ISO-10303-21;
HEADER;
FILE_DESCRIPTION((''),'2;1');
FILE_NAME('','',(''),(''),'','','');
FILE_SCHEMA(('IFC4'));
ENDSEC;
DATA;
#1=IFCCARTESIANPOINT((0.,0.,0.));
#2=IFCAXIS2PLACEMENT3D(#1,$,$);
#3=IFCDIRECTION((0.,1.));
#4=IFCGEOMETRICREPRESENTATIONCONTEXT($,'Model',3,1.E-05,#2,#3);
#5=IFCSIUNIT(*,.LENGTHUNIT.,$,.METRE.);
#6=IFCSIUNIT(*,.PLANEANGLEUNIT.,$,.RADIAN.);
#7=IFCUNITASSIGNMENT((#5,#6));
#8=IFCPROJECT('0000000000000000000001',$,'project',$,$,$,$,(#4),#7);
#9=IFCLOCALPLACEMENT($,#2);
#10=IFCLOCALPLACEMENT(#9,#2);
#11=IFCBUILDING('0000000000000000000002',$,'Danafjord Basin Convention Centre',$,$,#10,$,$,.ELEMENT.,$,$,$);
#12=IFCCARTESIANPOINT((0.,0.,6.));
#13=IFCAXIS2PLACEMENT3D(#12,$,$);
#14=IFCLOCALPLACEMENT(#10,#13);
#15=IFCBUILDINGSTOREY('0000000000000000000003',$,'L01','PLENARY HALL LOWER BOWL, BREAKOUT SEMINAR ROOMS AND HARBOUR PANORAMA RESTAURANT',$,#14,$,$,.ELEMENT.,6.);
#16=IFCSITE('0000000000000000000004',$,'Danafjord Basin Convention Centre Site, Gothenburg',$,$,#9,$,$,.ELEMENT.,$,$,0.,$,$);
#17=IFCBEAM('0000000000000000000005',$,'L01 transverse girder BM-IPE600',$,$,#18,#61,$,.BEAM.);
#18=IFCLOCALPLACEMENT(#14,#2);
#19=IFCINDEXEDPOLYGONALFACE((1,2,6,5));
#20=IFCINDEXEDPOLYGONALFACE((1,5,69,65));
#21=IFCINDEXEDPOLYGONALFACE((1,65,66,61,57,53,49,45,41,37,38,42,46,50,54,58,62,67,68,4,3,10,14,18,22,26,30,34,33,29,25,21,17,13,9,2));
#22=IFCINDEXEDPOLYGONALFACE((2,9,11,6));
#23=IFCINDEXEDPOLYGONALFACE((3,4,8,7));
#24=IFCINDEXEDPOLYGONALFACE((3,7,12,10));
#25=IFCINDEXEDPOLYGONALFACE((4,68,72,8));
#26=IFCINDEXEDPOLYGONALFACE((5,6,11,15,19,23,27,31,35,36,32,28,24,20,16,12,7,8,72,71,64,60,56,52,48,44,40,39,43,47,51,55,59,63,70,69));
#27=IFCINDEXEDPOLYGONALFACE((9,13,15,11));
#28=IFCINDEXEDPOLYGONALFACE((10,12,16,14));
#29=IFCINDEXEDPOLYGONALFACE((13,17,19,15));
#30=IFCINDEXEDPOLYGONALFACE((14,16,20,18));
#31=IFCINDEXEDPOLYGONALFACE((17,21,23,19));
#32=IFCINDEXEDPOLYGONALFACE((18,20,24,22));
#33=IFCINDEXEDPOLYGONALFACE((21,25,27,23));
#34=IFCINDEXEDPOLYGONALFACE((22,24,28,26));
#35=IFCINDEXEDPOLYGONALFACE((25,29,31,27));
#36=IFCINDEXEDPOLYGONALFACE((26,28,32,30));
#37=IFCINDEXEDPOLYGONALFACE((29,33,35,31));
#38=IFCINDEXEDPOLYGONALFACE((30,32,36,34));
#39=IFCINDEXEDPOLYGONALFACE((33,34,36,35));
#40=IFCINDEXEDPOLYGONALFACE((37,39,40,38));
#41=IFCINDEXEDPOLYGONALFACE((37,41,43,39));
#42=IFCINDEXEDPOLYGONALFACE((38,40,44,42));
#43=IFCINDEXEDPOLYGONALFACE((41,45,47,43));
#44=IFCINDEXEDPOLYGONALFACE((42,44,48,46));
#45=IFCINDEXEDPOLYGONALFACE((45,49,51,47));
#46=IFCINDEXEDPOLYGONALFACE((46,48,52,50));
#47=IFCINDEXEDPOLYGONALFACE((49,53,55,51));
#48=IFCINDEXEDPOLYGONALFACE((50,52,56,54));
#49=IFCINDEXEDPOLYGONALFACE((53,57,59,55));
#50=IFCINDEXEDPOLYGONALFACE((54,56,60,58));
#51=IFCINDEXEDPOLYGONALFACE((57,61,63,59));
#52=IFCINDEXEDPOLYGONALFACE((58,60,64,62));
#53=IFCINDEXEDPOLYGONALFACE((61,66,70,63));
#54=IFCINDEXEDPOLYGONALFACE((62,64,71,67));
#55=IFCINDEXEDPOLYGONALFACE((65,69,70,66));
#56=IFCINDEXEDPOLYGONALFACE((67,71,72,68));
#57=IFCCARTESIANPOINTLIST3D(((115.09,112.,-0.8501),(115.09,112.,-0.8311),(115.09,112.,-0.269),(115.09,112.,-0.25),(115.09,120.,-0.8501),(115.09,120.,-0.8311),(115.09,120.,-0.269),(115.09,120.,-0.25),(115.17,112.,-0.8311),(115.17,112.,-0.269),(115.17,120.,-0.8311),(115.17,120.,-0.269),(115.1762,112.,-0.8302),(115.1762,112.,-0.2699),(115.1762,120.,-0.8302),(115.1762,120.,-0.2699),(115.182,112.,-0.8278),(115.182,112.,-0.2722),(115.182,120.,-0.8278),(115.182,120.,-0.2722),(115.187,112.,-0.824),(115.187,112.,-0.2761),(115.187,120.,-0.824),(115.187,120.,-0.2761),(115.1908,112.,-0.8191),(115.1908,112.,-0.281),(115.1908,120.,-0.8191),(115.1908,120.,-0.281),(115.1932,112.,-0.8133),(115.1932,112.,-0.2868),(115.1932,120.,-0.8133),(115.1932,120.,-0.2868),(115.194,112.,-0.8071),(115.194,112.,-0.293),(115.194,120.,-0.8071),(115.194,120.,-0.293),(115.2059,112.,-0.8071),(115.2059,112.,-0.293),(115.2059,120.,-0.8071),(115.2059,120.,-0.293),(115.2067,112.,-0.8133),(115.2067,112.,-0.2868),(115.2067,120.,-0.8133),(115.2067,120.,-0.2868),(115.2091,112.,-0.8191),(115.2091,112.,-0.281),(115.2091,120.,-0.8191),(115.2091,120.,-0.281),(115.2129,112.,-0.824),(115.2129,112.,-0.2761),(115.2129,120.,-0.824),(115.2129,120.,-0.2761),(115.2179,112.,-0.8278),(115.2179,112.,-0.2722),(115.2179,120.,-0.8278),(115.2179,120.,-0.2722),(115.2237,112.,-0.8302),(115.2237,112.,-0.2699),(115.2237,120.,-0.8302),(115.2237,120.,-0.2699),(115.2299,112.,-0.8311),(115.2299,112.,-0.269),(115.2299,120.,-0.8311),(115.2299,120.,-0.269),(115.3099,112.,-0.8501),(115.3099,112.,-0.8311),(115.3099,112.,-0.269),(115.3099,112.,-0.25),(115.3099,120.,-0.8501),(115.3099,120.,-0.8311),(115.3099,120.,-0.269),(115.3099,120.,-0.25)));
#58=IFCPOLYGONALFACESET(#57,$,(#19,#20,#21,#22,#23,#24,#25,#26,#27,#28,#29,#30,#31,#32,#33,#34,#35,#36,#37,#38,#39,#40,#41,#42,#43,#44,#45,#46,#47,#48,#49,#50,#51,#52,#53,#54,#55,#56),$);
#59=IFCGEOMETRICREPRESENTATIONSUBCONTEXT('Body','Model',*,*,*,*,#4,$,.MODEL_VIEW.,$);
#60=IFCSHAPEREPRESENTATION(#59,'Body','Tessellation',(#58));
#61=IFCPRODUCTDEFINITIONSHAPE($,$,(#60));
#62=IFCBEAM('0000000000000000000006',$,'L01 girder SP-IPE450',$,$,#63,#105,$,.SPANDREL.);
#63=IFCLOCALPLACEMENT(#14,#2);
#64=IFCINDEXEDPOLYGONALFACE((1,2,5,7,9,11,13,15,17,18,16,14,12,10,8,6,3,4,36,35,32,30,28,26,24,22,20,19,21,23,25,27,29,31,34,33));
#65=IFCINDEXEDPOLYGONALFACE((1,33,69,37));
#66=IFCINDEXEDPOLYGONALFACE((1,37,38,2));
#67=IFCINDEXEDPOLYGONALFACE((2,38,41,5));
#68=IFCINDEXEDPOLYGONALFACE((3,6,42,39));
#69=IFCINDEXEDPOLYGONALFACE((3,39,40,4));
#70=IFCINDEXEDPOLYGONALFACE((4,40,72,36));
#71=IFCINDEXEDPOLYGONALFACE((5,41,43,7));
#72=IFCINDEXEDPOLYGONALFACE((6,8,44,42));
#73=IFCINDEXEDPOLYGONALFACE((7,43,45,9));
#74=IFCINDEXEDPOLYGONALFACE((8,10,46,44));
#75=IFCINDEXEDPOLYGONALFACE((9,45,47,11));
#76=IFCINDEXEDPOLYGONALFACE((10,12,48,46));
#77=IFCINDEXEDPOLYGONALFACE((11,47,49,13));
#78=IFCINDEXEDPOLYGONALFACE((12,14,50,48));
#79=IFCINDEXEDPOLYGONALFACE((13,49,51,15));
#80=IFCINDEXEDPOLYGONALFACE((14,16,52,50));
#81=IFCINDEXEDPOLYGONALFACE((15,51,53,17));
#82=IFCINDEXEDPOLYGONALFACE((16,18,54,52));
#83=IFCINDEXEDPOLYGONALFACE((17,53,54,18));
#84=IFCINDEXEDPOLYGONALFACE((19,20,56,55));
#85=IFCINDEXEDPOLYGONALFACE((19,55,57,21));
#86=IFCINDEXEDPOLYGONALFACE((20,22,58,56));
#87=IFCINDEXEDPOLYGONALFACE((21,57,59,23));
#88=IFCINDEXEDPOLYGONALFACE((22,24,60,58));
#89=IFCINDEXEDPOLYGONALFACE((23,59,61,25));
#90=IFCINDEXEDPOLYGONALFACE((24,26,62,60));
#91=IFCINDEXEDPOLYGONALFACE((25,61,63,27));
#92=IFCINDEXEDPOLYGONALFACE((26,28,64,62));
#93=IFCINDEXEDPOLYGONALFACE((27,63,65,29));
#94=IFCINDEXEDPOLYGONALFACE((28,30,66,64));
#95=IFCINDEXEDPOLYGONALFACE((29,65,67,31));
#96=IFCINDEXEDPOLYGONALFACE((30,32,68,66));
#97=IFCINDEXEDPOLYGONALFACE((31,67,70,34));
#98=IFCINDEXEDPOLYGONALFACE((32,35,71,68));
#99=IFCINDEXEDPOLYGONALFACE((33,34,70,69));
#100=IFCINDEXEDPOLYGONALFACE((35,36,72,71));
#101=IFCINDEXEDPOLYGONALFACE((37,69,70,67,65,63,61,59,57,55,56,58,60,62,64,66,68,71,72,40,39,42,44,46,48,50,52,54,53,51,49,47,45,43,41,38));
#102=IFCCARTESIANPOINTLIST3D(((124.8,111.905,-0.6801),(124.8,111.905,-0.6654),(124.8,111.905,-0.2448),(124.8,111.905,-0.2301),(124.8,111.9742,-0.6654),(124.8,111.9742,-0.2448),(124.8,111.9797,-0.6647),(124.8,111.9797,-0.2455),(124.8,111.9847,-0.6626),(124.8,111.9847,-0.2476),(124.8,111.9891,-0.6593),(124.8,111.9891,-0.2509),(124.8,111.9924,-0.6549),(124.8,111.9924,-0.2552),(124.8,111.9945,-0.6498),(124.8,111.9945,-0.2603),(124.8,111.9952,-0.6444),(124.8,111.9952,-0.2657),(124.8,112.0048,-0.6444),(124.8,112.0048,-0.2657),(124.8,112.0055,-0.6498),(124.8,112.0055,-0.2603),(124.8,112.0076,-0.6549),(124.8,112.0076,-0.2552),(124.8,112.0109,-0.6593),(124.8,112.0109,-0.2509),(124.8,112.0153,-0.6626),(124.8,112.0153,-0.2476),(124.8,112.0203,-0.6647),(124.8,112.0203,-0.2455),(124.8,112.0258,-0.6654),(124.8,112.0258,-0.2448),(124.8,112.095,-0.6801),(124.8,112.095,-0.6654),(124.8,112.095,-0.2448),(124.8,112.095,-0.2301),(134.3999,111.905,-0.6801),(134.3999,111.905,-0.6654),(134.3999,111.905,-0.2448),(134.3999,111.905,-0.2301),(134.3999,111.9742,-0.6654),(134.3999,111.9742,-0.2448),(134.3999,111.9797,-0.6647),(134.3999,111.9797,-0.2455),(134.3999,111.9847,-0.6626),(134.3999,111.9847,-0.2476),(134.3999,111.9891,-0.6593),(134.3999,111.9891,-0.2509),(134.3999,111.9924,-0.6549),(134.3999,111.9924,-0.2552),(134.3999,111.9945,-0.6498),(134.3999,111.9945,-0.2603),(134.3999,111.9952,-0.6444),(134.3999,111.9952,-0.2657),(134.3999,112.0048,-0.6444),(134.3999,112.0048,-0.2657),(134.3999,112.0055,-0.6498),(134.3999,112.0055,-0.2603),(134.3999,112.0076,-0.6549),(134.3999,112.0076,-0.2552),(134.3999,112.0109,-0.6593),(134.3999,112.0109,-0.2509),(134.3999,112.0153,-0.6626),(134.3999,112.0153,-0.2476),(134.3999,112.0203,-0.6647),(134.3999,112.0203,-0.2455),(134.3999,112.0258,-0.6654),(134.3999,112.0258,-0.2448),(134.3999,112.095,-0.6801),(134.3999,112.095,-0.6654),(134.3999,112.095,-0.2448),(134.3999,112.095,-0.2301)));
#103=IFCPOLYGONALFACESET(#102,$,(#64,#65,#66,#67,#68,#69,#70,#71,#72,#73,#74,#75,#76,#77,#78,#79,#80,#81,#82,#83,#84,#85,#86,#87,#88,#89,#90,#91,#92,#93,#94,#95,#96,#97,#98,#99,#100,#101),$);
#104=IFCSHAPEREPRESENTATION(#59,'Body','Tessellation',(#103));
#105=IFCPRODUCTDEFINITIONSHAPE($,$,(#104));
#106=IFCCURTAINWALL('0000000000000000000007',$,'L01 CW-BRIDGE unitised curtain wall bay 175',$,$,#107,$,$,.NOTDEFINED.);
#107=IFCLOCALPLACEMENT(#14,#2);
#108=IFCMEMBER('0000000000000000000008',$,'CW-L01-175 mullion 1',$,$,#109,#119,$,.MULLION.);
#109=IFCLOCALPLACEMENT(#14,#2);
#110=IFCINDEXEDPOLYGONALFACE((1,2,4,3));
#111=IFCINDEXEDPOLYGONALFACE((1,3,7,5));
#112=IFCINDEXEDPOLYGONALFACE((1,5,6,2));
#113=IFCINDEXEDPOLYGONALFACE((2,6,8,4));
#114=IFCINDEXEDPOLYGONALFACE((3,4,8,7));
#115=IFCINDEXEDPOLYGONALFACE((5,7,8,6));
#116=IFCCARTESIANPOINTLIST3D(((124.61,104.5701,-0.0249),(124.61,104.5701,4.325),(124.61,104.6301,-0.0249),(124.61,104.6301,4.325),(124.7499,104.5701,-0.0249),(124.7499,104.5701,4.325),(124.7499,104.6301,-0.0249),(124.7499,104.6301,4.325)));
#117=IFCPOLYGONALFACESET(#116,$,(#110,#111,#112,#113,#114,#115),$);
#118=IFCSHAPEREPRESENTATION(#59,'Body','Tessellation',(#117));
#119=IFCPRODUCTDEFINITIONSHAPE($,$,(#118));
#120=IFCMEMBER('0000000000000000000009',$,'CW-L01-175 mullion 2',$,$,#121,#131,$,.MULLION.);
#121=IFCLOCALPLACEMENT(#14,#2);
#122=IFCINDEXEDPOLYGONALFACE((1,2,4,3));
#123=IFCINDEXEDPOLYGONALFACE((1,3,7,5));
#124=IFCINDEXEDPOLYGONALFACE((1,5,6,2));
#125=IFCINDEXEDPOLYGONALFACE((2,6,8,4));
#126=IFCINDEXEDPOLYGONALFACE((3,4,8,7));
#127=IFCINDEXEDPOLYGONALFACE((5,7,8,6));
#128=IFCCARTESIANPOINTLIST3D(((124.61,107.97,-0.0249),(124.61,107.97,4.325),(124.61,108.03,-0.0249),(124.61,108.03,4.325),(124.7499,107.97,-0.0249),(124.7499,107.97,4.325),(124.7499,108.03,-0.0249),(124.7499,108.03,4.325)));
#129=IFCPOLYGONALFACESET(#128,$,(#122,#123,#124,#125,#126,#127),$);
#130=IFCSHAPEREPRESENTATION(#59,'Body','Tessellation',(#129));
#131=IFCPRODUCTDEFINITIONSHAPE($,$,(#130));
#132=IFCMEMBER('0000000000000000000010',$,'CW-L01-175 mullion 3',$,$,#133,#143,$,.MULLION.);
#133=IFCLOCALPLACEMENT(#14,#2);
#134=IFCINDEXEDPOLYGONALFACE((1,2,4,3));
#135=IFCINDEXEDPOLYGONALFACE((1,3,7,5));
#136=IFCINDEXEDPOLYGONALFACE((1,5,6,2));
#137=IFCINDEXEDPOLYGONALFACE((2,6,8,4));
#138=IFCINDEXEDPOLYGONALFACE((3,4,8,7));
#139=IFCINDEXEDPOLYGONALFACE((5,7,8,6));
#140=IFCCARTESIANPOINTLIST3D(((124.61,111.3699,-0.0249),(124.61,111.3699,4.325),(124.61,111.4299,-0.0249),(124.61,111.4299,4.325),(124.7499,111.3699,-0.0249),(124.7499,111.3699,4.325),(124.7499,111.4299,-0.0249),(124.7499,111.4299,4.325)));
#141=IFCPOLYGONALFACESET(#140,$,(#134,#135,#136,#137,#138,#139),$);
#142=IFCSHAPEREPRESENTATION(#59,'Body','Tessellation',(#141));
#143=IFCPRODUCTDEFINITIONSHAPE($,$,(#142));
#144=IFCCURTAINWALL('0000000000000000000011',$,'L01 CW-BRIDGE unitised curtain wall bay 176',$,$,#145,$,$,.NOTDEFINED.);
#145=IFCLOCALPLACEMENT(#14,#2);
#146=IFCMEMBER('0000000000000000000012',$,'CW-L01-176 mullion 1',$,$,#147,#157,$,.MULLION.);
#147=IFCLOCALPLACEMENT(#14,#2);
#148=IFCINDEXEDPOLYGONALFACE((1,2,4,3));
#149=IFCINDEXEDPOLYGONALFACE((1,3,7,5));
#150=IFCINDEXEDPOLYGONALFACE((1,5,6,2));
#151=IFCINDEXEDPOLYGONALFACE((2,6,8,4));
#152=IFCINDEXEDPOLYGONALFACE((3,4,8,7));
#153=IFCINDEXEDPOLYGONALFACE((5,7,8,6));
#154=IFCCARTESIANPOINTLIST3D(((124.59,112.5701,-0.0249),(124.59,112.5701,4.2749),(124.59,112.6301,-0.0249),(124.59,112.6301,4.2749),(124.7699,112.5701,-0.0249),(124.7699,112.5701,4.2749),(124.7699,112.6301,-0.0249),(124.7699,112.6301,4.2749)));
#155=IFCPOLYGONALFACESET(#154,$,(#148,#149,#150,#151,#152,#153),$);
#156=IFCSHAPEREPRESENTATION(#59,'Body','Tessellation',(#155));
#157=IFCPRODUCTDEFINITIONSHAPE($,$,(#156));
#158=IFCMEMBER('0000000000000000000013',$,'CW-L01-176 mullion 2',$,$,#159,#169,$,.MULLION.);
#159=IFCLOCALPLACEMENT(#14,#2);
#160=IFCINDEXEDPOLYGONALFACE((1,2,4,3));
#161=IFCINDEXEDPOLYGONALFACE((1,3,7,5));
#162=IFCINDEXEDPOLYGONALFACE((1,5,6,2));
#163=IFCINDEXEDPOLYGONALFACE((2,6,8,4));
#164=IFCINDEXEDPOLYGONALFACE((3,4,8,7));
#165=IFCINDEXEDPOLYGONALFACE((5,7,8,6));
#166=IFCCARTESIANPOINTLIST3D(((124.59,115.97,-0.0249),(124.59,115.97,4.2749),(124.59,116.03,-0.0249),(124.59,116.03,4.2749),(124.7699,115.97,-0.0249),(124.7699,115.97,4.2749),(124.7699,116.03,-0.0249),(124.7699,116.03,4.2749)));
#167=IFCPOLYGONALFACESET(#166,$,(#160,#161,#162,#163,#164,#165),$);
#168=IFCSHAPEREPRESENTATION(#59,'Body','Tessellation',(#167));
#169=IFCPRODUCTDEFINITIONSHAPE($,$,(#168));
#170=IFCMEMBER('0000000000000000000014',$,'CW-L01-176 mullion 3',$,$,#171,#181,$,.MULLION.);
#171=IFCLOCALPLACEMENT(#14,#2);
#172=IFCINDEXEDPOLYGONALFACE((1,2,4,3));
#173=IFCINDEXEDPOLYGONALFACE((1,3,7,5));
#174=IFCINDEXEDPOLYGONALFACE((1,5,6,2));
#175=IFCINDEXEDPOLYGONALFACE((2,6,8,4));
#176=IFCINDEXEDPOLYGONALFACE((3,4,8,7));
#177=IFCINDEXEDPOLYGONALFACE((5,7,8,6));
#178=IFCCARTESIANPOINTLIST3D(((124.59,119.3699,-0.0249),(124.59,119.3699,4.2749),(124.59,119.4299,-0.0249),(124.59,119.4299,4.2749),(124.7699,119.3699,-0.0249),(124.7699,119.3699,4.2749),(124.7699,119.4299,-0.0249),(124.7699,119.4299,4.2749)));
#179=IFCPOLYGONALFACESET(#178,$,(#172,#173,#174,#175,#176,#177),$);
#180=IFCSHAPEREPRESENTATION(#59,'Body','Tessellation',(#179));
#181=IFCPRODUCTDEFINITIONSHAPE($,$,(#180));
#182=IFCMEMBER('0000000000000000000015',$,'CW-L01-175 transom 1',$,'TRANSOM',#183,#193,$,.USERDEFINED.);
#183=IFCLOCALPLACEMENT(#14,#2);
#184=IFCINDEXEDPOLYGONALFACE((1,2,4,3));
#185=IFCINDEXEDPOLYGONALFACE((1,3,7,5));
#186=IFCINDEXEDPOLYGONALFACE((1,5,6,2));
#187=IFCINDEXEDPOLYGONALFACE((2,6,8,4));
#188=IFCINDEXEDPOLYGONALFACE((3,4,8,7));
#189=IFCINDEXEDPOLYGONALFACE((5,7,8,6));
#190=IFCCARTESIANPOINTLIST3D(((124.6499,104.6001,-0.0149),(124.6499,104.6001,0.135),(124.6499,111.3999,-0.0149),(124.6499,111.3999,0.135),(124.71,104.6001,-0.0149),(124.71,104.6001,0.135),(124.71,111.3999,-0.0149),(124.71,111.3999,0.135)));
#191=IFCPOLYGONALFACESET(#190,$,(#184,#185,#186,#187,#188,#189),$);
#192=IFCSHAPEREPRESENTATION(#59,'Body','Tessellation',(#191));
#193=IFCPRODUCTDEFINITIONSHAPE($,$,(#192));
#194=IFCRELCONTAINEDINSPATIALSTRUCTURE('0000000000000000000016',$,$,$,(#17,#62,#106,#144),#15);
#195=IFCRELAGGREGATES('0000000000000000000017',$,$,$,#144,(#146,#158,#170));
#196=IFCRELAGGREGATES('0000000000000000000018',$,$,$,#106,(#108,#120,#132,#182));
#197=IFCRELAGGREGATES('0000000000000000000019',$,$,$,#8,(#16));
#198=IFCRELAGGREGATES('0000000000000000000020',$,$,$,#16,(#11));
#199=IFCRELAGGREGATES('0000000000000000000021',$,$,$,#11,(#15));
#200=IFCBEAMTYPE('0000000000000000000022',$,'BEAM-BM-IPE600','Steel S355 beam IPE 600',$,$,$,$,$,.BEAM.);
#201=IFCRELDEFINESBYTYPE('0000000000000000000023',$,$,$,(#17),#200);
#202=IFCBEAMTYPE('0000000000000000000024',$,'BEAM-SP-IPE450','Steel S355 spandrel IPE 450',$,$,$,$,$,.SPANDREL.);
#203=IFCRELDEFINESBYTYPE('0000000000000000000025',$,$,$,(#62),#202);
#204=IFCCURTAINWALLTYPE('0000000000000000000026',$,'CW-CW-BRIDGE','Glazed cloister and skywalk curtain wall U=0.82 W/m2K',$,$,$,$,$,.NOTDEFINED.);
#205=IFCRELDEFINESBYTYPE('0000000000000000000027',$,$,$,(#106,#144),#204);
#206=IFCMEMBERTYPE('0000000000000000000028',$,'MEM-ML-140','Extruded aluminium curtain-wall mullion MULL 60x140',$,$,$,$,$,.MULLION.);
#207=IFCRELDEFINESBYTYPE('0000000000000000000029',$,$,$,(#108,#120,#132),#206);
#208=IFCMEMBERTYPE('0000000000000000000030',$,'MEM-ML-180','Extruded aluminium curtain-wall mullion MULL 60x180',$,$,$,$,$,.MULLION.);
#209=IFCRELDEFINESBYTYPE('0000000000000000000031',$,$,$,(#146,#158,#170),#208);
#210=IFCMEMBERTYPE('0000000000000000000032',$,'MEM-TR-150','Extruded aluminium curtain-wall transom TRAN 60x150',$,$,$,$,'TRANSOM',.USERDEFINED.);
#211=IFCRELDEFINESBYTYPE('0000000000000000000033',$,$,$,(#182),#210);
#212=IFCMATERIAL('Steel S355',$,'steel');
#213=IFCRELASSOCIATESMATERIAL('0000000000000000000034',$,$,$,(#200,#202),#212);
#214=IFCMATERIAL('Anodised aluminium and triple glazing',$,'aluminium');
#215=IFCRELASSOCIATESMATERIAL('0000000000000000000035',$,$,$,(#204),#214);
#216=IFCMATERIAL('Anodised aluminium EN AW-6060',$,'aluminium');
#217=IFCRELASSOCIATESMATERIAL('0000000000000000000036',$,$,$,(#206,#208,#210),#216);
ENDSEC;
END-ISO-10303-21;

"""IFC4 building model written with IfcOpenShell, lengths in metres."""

from ifc_helpers import new_model, si_unit, direction, frame, origin, origin_2d, place, context, subcontext, project, spatial, rectangle, i_section, extrude, material, material_profile, profile_set, type_object, element, aggregate, save


model = new_model("IFC4")

# Units and contexts
model_context = context("Model", 3, precision=1e-05, world=origin(), true_north=direction((0.0, 1.0)))
body_context = subcontext(model_context, "Body", "Model", "MODEL_VIEW")
ifc_project = project(units=[si_unit("LENGTHUNIT", "METRE"), si_unit("PLANEANGLEUNIT", "RADIAN")], contexts=[model_context])

# Site, building, storey
site_placement = place(None, origin())
site = spatial("IfcSite", under=ifc_project, at=site_placement, Name="Danafjord Basin Convention Centre Site, Gothenburg", CompositionType="ELEMENT", RefElevation=0.0)
building_placement = place(site_placement, origin())
building = spatial("IfcBuilding", under=site, at=building_placement, Name="Danafjord Basin Convention Centre", CompositionType="ELEMENT")
storey_placement = place(building_placement, frame((0.0, 0.0, 6.0)))
storey = spatial("IfcBuildingStorey", under=building, at=storey_placement, Name="L01", Description="PLENARY HALL LOWER BOWL, BREAKOUT SEMINAR ROOMS AND HARBOUR PANORAMA RESTAURANT", CompositionType="ELEMENT", Elevation=6.0)

# Shared definitions
ifc_material_1 = material(Name="Steel S355", Category="steel")

# Beams
ifc_material_profile_1 = material_profile(ifc_material_1, i_section(OverallWidth=0.22, OverallDepth=0.6001, WebThickness=0.012, FlangeThickness=0.019, FilletRadius=0.0239, at=origin_2d()), Name="IPE 600")
ifc_profile_set_1 = profile_set([ifc_material_profile_1], Name="Steel S355")
beam_type_1 = type_object("IfcBeamType", Name="BEAM-BM-IPE600", Description="Steel S355 beam IPE 600", PredefinedType="BEAM", material=ifc_profile_set_1)
beam_1_placement = place(storey_placement, frame((115.2, 112.0, -0.55), z_axis=(0.0, 1.0, 0.0), x_axis=(-1.0, 0.0, 0.0)))
element("IfcBeam", 1, at=beam_1_placement, inside=storey, type_object=beam_type_1, Name="L01 transverse girder BM-IPE600", PredefinedType="BEAM", context=body_context, shape_type="SweptSolid", body=[
    extrude(i_section(OverallWidth=0.22, OverallDepth=0.6001, WebThickness=0.012, FlangeThickness=0.019, FilletRadius=0.0239, at=origin_2d()), origin(), (0.0, 0.0, 1.0), 8.0),
])
ifc_material_profile_2 = material_profile(ifc_material_1, i_section(OverallWidth=0.1899, OverallDepth=0.45, WebThickness=0.0095, FlangeThickness=0.0146, FilletRadius=0.021, at=origin_2d()), Name="IPE 450")
ifc_profile_set_2 = profile_set([ifc_material_profile_2], Name="Steel S355")
beam_type_2 = type_object("IfcBeamType", Name="BEAM-SP-IPE450", Description="Steel S355 spandrel IPE 450", PredefinedType="SPANDREL", material=ifc_profile_set_2)
beam_2_placement = place(storey_placement, frame((124.8, 112.0, -0.4551), z_axis=(1.0, 0.0, 0.0), x_axis=(0.0, 1.0, 0.0)))
element("IfcBeam", 2, at=beam_2_placement, inside=storey, type_object=beam_type_2, Name="L01 girder SP-IPE450", PredefinedType="SPANDREL", context=body_context, shape_type="SweptSolid", body=[
    extrude(i_section(OverallWidth=0.1899, OverallDepth=0.45, WebThickness=0.0095, FlangeThickness=0.0146, FilletRadius=0.021, at=origin_2d()), origin(), (0.0, 0.0, 1.0), 9.5999),
])

# Curtain walls, members
ifc_material_2 = material(Name="Anodised aluminium and triple glazing", Category="aluminium")
curtain_wall_type = type_object("IfcCurtainWallType", Name="CW-CW-BRIDGE", Description="Glazed cloister and skywalk curtain wall U=0.82 W/m2K", PredefinedType="NOTDEFINED", material=ifc_material_2)
curtain_wall_1_placement = place(storey_placement, origin())
curtain_wall_1 = element("IfcCurtainWall", 3, at=curtain_wall_1_placement, inside=storey, type_object=curtain_wall_type, Name="L01 CW-BRIDGE unitised curtain wall bay 175", PredefinedType="NOTDEFINED")
ifc_material_3 = material(Name="Anodised aluminium EN AW-6060", Category="aluminium")
ifc_material_profile_3 = material_profile(ifc_material_3, rectangle(XDim=0.0601, YDim=0.1399, at=origin_2d()), Name="MULL 60x140")
ifc_profile_set_3 = profile_set([ifc_material_profile_3], Name="Anodised aluminium EN AW-6060")
member_type_1 = type_object("IfcMemberType", Name="MEM-ML-140", Description="Extruded aluminium curtain-wall mullion MULL 60x140", PredefinedType="MULLION", material=ifc_profile_set_3)
member_1_placement = place(storey_placement, frame((124.6799, 104.6001, -0.0249), z_axis=(0.0, 0.0, 1.0), x_axis=(0.0, 1.0, 0.0)))
member_1 = element("IfcMember", 4, at=member_1_placement, type_object=member_type_1, Name="CW-L01-175 mullion 1", PredefinedType="MULLION", context=body_context, shape_type="SweptSolid", body=[
    extrude(rectangle(XDim=0.0601, YDim=0.1399, at=origin_2d()), origin(), (0.0, 0.0, 1.0), 4.3499),
])
member_2_placement = place(storey_placement, frame((124.6799, 108.0, -0.0249), z_axis=(0.0, 0.0, 1.0), x_axis=(0.0, 1.0, 0.0)))
member_2 = element("IfcMember", 5, at=member_2_placement, type_object=member_type_1, Name="CW-L01-175 mullion 2", PredefinedType="MULLION", context=body_context, shape_type="SweptSolid", body=[
    extrude(rectangle(XDim=0.0601, YDim=0.1399, at=origin_2d()), origin(), (0.0, 0.0, 1.0), 4.3499),
])
member_3_placement = place(storey_placement, frame((124.6799, 111.3999, -0.0249), z_axis=(0.0, 0.0, 1.0), x_axis=(0.0, 1.0, 0.0)))
member_3 = element("IfcMember", 6, at=member_3_placement, type_object=member_type_1, Name="CW-L01-175 mullion 3", PredefinedType="MULLION", context=body_context, shape_type="SweptSolid", body=[
    extrude(rectangle(XDim=0.0601, YDim=0.1399, at=origin_2d()), origin(), (0.0, 0.0, 1.0), 4.3499),
])
curtain_wall_2_placement = place(storey_placement, origin())
curtain_wall_2 = element("IfcCurtainWall", 7, at=curtain_wall_2_placement, inside=storey, type_object=curtain_wall_type, Name="L01 CW-BRIDGE unitised curtain wall bay 176", PredefinedType="NOTDEFINED")
ifc_material_profile_4 = material_profile(ifc_material_3, rectangle(XDim=0.0601, YDim=0.1799, at=origin_2d()), Name="MULL 60x180")
ifc_profile_set_4 = profile_set([ifc_material_profile_4], Name="Anodised aluminium EN AW-6060")
member_type_2 = type_object("IfcMemberType", Name="MEM-ML-180", Description="Extruded aluminium curtain-wall mullion MULL 60x180", PredefinedType="MULLION", material=ifc_profile_set_4)
member_4_placement = place(storey_placement, frame((124.6799, 112.6001, -0.0249), z_axis=(0.0, 0.0, 1.0), x_axis=(0.0, 1.0, 0.0)))
member_4 = element("IfcMember", 8, at=member_4_placement, type_object=member_type_2, Name="CW-L01-176 mullion 1", PredefinedType="MULLION", context=body_context, shape_type="SweptSolid", body=[
    extrude(rectangle(XDim=0.0601, YDim=0.1799, at=origin_2d()), origin(), (0.0, 0.0, 1.0), 4.2998),
])
member_5_placement = place(storey_placement, frame((124.6799, 116.0, -0.0249), z_axis=(0.0, 0.0, 1.0), x_axis=(0.0, 1.0, 0.0)))
member_5 = element("IfcMember", 9, at=member_5_placement, type_object=member_type_2, Name="CW-L01-176 mullion 2", PredefinedType="MULLION", context=body_context, shape_type="SweptSolid", body=[
    extrude(rectangle(XDim=0.0601, YDim=0.1799, at=origin_2d()), origin(), (0.0, 0.0, 1.0), 4.2998),
])
member_6_placement = place(storey_placement, frame((124.6799, 119.3999, -0.0249), z_axis=(0.0, 0.0, 1.0), x_axis=(0.0, 1.0, 0.0)))
member_6 = element("IfcMember", 10, at=member_6_placement, type_object=member_type_2, Name="CW-L01-176 mullion 3", PredefinedType="MULLION", context=body_context, shape_type="SweptSolid", body=[
    extrude(rectangle(XDim=0.0601, YDim=0.1799, at=origin_2d()), origin(), (0.0, 0.0, 1.0), 4.2998),
])

# Member
ifc_material_profile_5 = material_profile(ifc_material_3, rectangle(XDim=0.0601, YDim=0.1499, at=origin_2d()), Name="TRAN 60x150")
ifc_profile_set_5 = profile_set([ifc_material_profile_5], Name="Anodised aluminium EN AW-6060")
member_type_3 = type_object("IfcMemberType", Name="MEM-TR-150", Description="Extruded aluminium curtain-wall transom TRAN 60x150", ElementType="TRANSOM", PredefinedType="USERDEFINED", material=ifc_profile_set_5)
member_7_placement = place(storey_placement, frame((124.6799, 104.6001, 0.0601), z_axis=(0.0, 1.0, 0.0), x_axis=(-1.0, 0.0, 0.0)))
member_7 = element("IfcMember", 11, at=member_7_placement, type_object=member_type_3, Name="CW-L01-175 transom 1", ObjectType="TRANSOM", PredefinedType="USERDEFINED", context=body_context, shape_type="SweptSolid", body=[
    extrude(rectangle(XDim=0.0601, YDim=0.1499, at=origin_2d()), origin(), (0.0, 0.0, 1.0), 6.7998),
])

aggregate(curtain_wall_2, [member_4, member_5, member_6])
aggregate(curtain_wall_1, [member_1, member_2, member_3, member_7])

save(model, "model.ifc")
